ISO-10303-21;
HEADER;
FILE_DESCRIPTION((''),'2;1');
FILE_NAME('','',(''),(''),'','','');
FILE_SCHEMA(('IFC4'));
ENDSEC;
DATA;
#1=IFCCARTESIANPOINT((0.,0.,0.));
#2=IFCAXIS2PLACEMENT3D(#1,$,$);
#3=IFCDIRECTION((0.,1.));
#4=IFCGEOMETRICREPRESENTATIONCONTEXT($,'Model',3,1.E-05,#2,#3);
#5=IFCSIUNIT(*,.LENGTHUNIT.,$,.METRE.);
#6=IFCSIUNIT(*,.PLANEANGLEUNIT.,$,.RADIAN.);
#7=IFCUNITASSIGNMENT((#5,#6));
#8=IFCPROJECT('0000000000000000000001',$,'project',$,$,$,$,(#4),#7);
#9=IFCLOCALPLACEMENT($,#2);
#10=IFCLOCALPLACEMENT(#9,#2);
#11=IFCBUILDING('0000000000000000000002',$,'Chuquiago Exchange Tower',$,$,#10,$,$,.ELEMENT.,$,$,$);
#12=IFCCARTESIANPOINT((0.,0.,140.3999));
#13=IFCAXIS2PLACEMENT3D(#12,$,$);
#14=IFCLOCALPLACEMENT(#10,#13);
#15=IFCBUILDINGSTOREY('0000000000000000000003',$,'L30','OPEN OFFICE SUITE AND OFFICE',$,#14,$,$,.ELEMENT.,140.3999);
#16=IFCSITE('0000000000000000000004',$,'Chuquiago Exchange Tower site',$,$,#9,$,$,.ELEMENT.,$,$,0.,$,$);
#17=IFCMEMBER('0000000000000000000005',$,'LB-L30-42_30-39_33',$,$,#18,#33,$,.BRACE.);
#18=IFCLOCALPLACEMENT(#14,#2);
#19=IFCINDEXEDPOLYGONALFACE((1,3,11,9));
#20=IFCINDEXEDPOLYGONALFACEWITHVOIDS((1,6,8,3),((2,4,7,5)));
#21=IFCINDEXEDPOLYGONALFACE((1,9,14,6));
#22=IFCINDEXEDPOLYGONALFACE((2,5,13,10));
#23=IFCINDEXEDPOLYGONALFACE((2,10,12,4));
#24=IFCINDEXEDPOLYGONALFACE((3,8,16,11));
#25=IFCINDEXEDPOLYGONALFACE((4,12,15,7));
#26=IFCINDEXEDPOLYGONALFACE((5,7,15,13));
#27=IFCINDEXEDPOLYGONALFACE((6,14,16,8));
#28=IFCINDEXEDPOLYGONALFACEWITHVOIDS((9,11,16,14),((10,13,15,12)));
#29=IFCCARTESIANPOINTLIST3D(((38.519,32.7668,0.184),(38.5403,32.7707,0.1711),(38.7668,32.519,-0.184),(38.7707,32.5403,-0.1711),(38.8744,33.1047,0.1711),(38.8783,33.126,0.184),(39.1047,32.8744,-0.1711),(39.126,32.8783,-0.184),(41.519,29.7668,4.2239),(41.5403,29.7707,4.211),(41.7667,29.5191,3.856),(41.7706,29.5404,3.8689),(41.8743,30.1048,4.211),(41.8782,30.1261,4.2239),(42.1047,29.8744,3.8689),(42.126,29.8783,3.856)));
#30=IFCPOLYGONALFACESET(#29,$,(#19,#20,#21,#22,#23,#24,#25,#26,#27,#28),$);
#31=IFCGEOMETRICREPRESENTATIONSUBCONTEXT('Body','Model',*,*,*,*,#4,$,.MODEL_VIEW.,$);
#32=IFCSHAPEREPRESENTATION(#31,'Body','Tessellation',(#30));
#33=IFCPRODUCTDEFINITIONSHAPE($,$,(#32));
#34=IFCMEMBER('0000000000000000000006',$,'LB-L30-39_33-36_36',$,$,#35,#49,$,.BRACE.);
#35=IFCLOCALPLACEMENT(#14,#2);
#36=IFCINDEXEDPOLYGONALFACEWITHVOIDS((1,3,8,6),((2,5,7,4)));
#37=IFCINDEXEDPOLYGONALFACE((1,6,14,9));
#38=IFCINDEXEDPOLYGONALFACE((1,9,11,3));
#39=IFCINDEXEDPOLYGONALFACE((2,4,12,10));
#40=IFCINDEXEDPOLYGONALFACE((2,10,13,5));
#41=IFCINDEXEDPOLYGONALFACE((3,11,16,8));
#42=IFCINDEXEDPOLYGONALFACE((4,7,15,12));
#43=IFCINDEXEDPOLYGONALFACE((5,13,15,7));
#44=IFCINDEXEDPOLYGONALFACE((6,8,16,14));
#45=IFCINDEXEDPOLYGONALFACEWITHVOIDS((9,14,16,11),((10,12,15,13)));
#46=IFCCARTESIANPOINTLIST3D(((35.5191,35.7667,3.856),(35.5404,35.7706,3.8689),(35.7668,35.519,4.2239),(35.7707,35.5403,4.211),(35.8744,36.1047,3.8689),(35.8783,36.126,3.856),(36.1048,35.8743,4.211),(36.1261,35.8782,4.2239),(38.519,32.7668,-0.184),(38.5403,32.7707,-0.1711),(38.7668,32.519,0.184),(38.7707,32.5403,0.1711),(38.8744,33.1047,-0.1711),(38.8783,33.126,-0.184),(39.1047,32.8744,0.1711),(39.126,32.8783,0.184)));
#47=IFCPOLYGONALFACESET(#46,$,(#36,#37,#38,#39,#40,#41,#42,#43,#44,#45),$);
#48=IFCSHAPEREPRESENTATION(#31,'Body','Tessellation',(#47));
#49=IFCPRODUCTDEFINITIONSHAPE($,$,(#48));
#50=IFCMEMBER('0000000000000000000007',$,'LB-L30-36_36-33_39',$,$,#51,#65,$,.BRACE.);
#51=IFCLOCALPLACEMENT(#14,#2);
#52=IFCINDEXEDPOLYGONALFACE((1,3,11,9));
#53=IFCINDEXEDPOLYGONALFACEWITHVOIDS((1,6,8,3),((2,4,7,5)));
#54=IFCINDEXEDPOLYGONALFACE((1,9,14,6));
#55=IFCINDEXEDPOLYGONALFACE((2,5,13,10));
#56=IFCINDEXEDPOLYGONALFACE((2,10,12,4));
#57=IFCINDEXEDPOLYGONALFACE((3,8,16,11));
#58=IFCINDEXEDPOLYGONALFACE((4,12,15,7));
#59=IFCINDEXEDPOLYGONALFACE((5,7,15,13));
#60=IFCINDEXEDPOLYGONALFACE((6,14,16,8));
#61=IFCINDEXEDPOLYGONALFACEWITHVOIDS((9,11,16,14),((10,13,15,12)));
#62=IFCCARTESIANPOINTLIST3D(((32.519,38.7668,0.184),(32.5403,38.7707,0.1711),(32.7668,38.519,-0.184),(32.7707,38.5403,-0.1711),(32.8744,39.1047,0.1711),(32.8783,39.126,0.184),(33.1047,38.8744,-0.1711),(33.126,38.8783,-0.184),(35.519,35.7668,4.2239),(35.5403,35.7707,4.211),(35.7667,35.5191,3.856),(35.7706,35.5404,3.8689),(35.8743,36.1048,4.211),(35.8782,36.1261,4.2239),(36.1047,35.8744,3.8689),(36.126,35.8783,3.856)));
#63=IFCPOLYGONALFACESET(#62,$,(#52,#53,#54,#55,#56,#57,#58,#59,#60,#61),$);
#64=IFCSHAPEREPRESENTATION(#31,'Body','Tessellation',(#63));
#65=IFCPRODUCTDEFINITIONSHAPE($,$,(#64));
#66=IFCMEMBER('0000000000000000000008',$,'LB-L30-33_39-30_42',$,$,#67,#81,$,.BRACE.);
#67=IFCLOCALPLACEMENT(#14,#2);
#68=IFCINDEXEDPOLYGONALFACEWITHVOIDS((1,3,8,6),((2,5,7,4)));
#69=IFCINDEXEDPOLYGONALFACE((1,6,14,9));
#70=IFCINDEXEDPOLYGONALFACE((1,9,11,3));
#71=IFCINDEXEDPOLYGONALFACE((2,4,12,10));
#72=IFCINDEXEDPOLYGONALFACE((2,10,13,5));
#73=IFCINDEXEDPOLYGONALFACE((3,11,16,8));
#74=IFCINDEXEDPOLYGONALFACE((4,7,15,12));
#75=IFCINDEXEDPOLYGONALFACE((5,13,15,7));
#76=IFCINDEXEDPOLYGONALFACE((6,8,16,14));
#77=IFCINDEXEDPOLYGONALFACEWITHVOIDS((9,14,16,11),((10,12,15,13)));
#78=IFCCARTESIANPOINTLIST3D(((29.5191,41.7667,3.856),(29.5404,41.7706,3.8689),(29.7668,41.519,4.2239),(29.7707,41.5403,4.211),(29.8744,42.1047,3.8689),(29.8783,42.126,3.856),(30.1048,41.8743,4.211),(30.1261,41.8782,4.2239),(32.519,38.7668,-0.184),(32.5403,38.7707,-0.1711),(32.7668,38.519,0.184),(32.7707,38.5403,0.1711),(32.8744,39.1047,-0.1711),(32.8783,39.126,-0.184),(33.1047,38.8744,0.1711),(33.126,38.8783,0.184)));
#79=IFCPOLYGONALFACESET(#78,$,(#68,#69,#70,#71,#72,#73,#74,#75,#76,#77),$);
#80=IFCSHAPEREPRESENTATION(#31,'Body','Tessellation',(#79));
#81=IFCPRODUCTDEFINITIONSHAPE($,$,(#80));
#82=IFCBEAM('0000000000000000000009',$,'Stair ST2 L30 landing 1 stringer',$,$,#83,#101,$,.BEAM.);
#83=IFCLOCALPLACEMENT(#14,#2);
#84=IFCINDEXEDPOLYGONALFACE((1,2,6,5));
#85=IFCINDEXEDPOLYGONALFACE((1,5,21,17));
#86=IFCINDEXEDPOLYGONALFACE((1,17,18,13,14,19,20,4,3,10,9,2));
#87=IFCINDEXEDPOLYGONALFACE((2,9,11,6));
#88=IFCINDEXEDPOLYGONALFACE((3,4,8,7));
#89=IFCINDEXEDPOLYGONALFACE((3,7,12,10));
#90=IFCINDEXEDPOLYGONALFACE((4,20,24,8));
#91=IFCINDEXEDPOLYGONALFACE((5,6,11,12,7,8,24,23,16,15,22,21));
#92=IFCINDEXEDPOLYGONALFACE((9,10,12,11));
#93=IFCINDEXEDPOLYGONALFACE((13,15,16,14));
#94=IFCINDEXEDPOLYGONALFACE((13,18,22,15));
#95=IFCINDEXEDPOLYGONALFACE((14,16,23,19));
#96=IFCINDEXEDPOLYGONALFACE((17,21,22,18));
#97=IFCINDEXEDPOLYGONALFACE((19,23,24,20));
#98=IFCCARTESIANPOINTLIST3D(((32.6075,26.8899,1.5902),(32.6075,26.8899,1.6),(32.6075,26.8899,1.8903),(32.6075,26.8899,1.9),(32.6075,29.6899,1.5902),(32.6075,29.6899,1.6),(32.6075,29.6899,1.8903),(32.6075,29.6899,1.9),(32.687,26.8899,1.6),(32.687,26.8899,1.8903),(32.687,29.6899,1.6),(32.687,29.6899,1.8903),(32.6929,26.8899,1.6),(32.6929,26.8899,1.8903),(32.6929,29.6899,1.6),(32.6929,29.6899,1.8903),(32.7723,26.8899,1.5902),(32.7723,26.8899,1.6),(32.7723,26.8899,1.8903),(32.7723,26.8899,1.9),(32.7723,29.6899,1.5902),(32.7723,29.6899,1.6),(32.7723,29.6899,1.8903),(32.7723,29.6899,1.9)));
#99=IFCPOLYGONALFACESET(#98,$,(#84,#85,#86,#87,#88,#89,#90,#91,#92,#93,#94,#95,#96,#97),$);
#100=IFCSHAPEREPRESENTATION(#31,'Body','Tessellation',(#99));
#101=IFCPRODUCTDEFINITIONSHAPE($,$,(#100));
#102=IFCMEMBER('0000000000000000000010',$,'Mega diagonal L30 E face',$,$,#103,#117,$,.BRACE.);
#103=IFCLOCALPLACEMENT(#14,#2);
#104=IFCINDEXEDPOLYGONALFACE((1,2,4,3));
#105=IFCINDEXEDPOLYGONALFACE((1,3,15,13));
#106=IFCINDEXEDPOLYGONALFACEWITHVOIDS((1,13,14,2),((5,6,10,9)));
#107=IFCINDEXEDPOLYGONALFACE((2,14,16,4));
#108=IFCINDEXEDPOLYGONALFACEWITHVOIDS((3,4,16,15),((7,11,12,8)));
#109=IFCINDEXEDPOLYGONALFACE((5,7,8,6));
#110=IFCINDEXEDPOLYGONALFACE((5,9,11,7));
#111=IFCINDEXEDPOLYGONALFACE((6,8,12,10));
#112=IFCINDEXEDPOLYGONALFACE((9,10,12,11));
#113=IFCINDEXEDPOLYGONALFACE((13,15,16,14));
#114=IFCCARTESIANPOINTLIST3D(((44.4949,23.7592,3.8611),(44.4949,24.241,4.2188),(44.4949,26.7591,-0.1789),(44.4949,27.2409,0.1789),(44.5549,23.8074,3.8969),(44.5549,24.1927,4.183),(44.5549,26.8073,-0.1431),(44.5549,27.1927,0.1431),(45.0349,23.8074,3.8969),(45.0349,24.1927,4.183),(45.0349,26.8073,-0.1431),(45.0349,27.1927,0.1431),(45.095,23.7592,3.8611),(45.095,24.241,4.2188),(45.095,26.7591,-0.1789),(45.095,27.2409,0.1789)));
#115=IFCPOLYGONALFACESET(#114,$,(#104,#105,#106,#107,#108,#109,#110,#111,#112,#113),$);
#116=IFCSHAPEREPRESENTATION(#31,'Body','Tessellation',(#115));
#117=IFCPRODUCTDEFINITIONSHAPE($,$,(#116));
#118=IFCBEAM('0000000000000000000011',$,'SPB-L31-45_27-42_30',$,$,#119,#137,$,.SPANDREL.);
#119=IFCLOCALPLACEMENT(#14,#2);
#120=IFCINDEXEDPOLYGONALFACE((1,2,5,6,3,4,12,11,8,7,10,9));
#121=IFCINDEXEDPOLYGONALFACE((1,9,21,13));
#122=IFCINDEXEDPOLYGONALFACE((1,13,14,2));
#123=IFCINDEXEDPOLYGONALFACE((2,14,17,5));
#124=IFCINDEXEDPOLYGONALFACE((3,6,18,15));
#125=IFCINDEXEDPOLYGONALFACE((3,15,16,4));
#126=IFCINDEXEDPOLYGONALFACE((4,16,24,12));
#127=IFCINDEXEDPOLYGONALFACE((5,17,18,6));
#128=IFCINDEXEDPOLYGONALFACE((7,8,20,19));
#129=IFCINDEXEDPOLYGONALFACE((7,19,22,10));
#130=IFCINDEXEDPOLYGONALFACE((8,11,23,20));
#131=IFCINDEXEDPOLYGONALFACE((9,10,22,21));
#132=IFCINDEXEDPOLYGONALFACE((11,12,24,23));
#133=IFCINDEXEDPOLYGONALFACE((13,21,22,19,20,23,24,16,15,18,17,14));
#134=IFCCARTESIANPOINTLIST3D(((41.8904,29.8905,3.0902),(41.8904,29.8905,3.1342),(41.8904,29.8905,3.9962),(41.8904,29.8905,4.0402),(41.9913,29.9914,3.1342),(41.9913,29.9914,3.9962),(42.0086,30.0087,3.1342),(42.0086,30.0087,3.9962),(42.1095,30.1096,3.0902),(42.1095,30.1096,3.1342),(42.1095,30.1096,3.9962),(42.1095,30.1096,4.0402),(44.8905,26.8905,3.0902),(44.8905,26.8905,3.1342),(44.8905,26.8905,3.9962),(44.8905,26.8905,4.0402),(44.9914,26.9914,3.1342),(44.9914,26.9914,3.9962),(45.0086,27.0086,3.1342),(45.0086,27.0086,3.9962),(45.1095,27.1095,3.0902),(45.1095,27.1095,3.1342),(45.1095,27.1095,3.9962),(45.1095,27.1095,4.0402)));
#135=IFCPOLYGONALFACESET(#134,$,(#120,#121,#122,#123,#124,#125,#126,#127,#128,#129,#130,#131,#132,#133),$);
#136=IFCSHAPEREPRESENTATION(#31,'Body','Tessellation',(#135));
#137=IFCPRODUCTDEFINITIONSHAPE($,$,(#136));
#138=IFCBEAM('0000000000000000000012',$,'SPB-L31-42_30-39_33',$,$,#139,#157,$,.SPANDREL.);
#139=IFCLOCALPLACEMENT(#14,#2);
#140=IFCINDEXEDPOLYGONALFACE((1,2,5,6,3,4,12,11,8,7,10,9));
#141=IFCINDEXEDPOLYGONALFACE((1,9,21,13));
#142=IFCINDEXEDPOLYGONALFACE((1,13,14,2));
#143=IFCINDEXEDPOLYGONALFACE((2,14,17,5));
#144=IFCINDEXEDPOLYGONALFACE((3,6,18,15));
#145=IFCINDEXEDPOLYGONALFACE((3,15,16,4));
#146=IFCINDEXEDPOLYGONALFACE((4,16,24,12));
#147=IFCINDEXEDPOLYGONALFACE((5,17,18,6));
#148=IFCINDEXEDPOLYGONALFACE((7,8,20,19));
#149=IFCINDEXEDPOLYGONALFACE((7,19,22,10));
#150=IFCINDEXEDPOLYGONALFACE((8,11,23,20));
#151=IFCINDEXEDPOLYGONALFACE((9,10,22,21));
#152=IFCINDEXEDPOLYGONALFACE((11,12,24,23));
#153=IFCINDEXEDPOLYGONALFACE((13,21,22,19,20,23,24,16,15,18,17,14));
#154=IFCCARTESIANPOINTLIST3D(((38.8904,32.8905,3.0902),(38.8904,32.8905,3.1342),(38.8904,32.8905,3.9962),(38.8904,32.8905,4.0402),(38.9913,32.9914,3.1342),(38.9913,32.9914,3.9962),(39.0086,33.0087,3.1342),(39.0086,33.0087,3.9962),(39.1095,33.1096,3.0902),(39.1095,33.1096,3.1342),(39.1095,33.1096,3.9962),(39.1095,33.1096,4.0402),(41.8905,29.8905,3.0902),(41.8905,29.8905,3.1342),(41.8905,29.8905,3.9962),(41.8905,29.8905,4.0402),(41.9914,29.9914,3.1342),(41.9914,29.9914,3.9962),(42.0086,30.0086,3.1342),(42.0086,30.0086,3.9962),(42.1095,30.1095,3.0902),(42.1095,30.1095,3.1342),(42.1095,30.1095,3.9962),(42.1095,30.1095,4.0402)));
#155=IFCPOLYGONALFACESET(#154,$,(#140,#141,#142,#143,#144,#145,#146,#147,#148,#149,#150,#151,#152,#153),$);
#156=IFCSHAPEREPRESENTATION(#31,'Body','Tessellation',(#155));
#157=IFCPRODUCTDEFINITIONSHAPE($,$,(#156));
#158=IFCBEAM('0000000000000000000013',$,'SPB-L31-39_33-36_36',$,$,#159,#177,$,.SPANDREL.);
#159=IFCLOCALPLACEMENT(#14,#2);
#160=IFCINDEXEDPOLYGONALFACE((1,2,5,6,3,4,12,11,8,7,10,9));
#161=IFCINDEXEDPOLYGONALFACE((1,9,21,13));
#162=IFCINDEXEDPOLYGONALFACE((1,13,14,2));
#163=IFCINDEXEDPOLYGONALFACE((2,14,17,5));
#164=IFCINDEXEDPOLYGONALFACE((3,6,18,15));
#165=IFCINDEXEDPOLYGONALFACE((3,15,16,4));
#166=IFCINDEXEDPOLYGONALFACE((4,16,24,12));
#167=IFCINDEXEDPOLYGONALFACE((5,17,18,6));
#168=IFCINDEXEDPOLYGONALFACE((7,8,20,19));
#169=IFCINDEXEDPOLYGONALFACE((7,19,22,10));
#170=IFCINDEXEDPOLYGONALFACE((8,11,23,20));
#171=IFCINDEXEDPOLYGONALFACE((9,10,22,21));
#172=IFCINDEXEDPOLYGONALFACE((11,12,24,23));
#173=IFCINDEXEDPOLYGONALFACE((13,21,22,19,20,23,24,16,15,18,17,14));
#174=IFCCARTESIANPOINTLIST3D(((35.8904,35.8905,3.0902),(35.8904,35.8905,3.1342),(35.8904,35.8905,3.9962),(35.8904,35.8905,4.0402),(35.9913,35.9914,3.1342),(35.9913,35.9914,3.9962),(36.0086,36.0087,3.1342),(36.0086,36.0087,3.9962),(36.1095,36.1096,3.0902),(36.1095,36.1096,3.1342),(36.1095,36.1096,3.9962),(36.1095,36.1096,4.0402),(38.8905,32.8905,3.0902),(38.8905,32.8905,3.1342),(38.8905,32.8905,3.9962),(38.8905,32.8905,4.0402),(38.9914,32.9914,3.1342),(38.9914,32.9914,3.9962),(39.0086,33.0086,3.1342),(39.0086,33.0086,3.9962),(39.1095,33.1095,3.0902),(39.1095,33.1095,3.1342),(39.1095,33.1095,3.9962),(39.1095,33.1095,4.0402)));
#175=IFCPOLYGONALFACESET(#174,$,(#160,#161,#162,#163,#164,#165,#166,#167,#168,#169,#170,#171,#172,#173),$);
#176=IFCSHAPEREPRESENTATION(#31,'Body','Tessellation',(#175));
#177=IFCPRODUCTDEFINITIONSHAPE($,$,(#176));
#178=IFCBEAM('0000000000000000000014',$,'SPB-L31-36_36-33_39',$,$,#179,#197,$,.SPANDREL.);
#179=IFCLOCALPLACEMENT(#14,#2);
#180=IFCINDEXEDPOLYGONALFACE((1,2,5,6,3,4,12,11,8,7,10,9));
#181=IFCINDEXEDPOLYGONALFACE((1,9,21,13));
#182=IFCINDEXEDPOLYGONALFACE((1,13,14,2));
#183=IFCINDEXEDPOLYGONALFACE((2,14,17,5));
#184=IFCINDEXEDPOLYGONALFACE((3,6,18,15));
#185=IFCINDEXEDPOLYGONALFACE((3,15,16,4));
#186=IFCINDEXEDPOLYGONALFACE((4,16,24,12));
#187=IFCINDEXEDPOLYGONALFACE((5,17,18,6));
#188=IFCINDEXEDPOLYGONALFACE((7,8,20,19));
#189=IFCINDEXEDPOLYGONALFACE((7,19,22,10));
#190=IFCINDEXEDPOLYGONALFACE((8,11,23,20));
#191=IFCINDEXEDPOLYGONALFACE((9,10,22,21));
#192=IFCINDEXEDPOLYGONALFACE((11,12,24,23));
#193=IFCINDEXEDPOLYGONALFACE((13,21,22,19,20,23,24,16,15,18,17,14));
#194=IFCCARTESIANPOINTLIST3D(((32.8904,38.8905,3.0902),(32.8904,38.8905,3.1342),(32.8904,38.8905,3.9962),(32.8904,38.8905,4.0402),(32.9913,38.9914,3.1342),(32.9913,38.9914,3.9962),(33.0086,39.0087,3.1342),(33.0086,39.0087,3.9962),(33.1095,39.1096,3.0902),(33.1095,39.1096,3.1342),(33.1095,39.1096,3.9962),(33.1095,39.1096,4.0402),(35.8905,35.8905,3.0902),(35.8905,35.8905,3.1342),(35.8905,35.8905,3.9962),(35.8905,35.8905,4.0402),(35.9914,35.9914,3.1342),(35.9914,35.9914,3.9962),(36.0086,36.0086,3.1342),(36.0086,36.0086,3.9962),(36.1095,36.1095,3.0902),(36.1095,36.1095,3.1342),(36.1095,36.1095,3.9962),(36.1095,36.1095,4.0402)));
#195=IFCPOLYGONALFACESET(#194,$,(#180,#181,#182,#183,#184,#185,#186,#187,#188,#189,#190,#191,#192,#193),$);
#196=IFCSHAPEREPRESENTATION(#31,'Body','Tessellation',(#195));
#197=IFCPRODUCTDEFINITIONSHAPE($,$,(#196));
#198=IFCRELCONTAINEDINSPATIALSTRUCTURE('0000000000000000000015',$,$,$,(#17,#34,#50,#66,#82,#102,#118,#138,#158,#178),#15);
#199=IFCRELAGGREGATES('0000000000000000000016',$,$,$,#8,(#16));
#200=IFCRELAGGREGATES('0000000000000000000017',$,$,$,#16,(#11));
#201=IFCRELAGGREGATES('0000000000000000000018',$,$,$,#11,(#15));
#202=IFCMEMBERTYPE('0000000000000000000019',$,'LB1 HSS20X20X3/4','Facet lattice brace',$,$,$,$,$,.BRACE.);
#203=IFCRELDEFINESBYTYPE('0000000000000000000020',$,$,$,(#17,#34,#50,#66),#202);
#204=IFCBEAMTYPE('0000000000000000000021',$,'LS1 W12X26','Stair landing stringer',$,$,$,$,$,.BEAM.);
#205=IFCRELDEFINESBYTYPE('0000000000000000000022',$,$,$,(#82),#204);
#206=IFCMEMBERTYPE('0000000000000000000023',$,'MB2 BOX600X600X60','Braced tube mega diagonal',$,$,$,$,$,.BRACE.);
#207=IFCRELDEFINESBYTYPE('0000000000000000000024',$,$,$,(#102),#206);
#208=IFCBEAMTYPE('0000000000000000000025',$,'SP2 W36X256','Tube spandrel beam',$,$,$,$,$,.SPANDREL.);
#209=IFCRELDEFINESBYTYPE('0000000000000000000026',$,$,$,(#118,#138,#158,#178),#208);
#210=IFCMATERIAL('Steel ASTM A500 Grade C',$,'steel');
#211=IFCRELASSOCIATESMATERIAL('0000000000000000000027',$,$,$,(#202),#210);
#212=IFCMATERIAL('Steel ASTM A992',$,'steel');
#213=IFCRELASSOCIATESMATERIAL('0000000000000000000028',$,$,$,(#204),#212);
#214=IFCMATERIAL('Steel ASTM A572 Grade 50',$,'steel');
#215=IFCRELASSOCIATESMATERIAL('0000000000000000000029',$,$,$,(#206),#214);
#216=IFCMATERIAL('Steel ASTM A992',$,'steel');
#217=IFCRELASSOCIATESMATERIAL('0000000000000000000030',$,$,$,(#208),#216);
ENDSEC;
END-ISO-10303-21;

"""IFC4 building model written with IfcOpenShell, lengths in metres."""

from ifc_helpers import new_model, si_unit, direction, frame, origin, origin_2d, place, context, subcontext, project, spatial, hollow_rectangle, i_section, extrude, material, material_profile, profile_set, type_object, element, save


model = new_model("IFC4")

# Units and contexts
model_context = context("Model", 3, precision=1e-05, world=origin(), true_north=direction((0.0, 1.0)))
body_context = subcontext(model_context, "Body", "Model", "MODEL_VIEW")
ifc_project = project(units=[si_unit("LENGTHUNIT", "METRE"), si_unit("PLANEANGLEUNIT", "RADIAN")], contexts=[model_context])

# Site, building, storey
site_placement = place(None, origin())
site = spatial("IfcSite", under=ifc_project, at=site_placement, Name="Chuquiago Exchange Tower site", CompositionType="ELEMENT", RefElevation=0.0)
building_placement = place(site_placement, origin())
building = spatial("IfcBuilding", under=site, at=building_placement, Name="Chuquiago Exchange Tower", CompositionType="ELEMENT")
storey_placement = place(building_placement, frame((0.0, 0.0, 140.3999)))
storey = spatial("IfcBuildingStorey", under=building, at=storey_placement, Name="L30", Description="OPEN OFFICE SUITE AND OFFICE", CompositionType="ELEMENT", Elevation=140.3999)

# Members
ifc_material_1 = material(Name="Steel ASTM A500 Grade C", Category="steel")
ifc_material_profile_1 = material_profile(ifc_material_1, hollow_rectangle(XDim=0.5081, YDim=0.5081, WallThickness=0.0178, at=origin_2d()), Name="HSS20X20X3/4")
ifc_profile_set_1 = profile_set([ifc_material_profile_1], Name="Steel ASTM A500 Grade C")
member_type_1 = type_object("IfcMemberType", Name="LB1 HSS20X20X3/4", Description="Facet lattice brace", PredefinedType="BRACE", material=ifc_profile_set_1)
for number, where, z_axis, x_axis, name in (
    (1, (38.8225, 32.8225, 0.0), (0.512077, -0.512077, 0.689604), (0.707107, 0.707107, 0.0), "LB-L30-42_30-39_33"),
    (2, (38.8225, 32.8225, 0.0), (-0.512077, 0.512077, 0.689604), (-0.707107, -0.707107, 0.0), "LB-L30-39_33-36_36"),
    (3, (32.8225, 38.8225, 0.0), (0.512077, -0.512077, 0.689604), (0.707107, 0.707107, 0.0), "LB-L30-36_36-33_39"),
    (4, (32.8225, 38.8225, 0.0), (-0.512077, 0.512077, 0.689604), (-0.707107, -0.707107, 0.0), "LB-L30-33_39-30_42"),
):
    element("IfcMember", number, at=place(storey_placement, frame(where, z_axis=z_axis, x_axis=x_axis)), inside=storey, type_object=member_type_1, Name=name, PredefinedType="BRACE", context=body_context, shape_type="SweptSolid", body=[
        extrude(hollow_rectangle(XDim=0.5081, YDim=0.5081, WallThickness=0.0178, at=origin_2d()), origin(), (0.0, 0.0, 1.0), 5.8584),
    ])

# Beam
ifc_material_2 = material(Name="Steel ASTM A992", Category="steel")
ifc_material_profile_2 = material_profile(ifc_material_2, i_section(OverallWidth=0.1648, OverallDepth=0.3098, WebThickness=0.0059, FlangeThickness=0.0098, at=origin_2d()), Name="W12X26")
ifc_profile_set_2 = profile_set([ifc_material_profile_2], Name="Steel ASTM A992")
beam_type_1 = type_object("IfcBeamType", Name="LS1 W12X26", Description="Stair landing stringer", PredefinedType="BEAM", material=ifc_profile_set_2)
beam_1_placement = place(storey_placement, frame((32.6899, 26.8899, 1.7451), z_axis=(0.0, 1.0, 0.0), x_axis=(-1.0, 0.0, 0.0)))
element("IfcBeam", 5, at=beam_1_placement, inside=storey, type_object=beam_type_1, Name="Stair ST2 L30 landing 1 stringer", PredefinedType="BEAM", context=body_context, shape_type="SweptSolid", body=[
    extrude(i_section(OverallWidth=0.1648, OverallDepth=0.3098, WebThickness=0.0059, FlangeThickness=0.0098, at=origin_2d()), origin(), (0.0, 0.0, 1.0), 2.8),
])

# Member
ifc_material_3 = material(Name="Steel ASTM A572 Grade 50", Category="steel")
ifc_material_profile_3 = material_profile(ifc_material_3, hollow_rectangle(XDim=0.6001, YDim=0.6001, WallThickness=0.0601, at=origin_2d()), Name="BOX600X600X60")
ifc_profile_set_3 = profile_set([ifc_material_profile_3], Name="Steel ASTM A572 Grade 50")
member_type_2 = type_object("IfcMemberType", Name="MB2 BOX600X600X60", Description="Braced tube mega diagonal", PredefinedType="BRACE", material=ifc_profile_set_3)
member_1_placement = place(storey_placement, frame((44.7949, 27.0, 0.0), z_axis=(0.0, -0.596174, 0.802855), x_axis=(1.0, 0.0, 0.0)))
element("IfcMember", 6, at=member_1_placement, inside=storey, type_object=member_type_2, Name="Mega diagonal L30 E face", PredefinedType="BRACE", context=body_context, shape_type="SweptSolid", body=[
    extrude(hollow_rectangle(XDim=0.6001, YDim=0.6001, WallThickness=0.0601, at=origin_2d()), origin(), (0.0, 0.0, 1.0), 5.032),
])

# Beams
ifc_material_4 = material(Name="Steel ASTM A992", Category="steel")
ifc_material_profile_4 = material_profile(ifc_material_4, i_section(OverallWidth=0.3098, OverallDepth=0.95, WebThickness=0.0244, FlangeThickness=0.0439, at=origin_2d()), Name="W36X256")
ifc_profile_set_4 = profile_set([ifc_material_profile_4], Name="Steel ASTM A992")
beam_type_2 = type_object("IfcBeamType", Name="SP2 W36X256", Description="Tube spandrel beam", PredefinedType="SPANDREL", material=ifc_profile_set_4)
for number, where, z_axis, x_axis, name in (
    (7, (45.0, 27.0, 3.5652), (-0.707107, 0.707107, 0.0), (-0.707107, -0.707107, 0.0), "SPB-L31-45_27-42_30"),
    (8, (42.0, 30.0, 3.5652), (-0.707107, 0.707107, 0.0), (-0.707107, -0.707107, 0.0), "SPB-L31-42_30-39_33"),
    (9, (39.0, 33.0, 3.5652), (-0.707107, 0.707107, 0.0), (-0.707107, -0.707107, 0.0), "SPB-L31-39_33-36_36"),
    (10, (36.0, 36.0, 3.5652), (-0.707107, 0.707107, 0.0), (-0.707107, -0.707107, 0.0), "SPB-L31-36_36-33_39"),
):
    element("IfcBeam", number, at=place(storey_placement, frame(where, z_axis=z_axis, x_axis=x_axis)), inside=storey, type_object=beam_type_2, Name=name, PredefinedType="SPANDREL", context=body_context, shape_type="SweptSolid", body=[
        extrude(i_section(OverallWidth=0.3098, OverallDepth=0.95, WebThickness=0.0244, FlangeThickness=0.0439, at=origin_2d()), origin(), (0.0, 0.0, 1.0), 4.2427),
    ])

save(model, "model.ifc")
